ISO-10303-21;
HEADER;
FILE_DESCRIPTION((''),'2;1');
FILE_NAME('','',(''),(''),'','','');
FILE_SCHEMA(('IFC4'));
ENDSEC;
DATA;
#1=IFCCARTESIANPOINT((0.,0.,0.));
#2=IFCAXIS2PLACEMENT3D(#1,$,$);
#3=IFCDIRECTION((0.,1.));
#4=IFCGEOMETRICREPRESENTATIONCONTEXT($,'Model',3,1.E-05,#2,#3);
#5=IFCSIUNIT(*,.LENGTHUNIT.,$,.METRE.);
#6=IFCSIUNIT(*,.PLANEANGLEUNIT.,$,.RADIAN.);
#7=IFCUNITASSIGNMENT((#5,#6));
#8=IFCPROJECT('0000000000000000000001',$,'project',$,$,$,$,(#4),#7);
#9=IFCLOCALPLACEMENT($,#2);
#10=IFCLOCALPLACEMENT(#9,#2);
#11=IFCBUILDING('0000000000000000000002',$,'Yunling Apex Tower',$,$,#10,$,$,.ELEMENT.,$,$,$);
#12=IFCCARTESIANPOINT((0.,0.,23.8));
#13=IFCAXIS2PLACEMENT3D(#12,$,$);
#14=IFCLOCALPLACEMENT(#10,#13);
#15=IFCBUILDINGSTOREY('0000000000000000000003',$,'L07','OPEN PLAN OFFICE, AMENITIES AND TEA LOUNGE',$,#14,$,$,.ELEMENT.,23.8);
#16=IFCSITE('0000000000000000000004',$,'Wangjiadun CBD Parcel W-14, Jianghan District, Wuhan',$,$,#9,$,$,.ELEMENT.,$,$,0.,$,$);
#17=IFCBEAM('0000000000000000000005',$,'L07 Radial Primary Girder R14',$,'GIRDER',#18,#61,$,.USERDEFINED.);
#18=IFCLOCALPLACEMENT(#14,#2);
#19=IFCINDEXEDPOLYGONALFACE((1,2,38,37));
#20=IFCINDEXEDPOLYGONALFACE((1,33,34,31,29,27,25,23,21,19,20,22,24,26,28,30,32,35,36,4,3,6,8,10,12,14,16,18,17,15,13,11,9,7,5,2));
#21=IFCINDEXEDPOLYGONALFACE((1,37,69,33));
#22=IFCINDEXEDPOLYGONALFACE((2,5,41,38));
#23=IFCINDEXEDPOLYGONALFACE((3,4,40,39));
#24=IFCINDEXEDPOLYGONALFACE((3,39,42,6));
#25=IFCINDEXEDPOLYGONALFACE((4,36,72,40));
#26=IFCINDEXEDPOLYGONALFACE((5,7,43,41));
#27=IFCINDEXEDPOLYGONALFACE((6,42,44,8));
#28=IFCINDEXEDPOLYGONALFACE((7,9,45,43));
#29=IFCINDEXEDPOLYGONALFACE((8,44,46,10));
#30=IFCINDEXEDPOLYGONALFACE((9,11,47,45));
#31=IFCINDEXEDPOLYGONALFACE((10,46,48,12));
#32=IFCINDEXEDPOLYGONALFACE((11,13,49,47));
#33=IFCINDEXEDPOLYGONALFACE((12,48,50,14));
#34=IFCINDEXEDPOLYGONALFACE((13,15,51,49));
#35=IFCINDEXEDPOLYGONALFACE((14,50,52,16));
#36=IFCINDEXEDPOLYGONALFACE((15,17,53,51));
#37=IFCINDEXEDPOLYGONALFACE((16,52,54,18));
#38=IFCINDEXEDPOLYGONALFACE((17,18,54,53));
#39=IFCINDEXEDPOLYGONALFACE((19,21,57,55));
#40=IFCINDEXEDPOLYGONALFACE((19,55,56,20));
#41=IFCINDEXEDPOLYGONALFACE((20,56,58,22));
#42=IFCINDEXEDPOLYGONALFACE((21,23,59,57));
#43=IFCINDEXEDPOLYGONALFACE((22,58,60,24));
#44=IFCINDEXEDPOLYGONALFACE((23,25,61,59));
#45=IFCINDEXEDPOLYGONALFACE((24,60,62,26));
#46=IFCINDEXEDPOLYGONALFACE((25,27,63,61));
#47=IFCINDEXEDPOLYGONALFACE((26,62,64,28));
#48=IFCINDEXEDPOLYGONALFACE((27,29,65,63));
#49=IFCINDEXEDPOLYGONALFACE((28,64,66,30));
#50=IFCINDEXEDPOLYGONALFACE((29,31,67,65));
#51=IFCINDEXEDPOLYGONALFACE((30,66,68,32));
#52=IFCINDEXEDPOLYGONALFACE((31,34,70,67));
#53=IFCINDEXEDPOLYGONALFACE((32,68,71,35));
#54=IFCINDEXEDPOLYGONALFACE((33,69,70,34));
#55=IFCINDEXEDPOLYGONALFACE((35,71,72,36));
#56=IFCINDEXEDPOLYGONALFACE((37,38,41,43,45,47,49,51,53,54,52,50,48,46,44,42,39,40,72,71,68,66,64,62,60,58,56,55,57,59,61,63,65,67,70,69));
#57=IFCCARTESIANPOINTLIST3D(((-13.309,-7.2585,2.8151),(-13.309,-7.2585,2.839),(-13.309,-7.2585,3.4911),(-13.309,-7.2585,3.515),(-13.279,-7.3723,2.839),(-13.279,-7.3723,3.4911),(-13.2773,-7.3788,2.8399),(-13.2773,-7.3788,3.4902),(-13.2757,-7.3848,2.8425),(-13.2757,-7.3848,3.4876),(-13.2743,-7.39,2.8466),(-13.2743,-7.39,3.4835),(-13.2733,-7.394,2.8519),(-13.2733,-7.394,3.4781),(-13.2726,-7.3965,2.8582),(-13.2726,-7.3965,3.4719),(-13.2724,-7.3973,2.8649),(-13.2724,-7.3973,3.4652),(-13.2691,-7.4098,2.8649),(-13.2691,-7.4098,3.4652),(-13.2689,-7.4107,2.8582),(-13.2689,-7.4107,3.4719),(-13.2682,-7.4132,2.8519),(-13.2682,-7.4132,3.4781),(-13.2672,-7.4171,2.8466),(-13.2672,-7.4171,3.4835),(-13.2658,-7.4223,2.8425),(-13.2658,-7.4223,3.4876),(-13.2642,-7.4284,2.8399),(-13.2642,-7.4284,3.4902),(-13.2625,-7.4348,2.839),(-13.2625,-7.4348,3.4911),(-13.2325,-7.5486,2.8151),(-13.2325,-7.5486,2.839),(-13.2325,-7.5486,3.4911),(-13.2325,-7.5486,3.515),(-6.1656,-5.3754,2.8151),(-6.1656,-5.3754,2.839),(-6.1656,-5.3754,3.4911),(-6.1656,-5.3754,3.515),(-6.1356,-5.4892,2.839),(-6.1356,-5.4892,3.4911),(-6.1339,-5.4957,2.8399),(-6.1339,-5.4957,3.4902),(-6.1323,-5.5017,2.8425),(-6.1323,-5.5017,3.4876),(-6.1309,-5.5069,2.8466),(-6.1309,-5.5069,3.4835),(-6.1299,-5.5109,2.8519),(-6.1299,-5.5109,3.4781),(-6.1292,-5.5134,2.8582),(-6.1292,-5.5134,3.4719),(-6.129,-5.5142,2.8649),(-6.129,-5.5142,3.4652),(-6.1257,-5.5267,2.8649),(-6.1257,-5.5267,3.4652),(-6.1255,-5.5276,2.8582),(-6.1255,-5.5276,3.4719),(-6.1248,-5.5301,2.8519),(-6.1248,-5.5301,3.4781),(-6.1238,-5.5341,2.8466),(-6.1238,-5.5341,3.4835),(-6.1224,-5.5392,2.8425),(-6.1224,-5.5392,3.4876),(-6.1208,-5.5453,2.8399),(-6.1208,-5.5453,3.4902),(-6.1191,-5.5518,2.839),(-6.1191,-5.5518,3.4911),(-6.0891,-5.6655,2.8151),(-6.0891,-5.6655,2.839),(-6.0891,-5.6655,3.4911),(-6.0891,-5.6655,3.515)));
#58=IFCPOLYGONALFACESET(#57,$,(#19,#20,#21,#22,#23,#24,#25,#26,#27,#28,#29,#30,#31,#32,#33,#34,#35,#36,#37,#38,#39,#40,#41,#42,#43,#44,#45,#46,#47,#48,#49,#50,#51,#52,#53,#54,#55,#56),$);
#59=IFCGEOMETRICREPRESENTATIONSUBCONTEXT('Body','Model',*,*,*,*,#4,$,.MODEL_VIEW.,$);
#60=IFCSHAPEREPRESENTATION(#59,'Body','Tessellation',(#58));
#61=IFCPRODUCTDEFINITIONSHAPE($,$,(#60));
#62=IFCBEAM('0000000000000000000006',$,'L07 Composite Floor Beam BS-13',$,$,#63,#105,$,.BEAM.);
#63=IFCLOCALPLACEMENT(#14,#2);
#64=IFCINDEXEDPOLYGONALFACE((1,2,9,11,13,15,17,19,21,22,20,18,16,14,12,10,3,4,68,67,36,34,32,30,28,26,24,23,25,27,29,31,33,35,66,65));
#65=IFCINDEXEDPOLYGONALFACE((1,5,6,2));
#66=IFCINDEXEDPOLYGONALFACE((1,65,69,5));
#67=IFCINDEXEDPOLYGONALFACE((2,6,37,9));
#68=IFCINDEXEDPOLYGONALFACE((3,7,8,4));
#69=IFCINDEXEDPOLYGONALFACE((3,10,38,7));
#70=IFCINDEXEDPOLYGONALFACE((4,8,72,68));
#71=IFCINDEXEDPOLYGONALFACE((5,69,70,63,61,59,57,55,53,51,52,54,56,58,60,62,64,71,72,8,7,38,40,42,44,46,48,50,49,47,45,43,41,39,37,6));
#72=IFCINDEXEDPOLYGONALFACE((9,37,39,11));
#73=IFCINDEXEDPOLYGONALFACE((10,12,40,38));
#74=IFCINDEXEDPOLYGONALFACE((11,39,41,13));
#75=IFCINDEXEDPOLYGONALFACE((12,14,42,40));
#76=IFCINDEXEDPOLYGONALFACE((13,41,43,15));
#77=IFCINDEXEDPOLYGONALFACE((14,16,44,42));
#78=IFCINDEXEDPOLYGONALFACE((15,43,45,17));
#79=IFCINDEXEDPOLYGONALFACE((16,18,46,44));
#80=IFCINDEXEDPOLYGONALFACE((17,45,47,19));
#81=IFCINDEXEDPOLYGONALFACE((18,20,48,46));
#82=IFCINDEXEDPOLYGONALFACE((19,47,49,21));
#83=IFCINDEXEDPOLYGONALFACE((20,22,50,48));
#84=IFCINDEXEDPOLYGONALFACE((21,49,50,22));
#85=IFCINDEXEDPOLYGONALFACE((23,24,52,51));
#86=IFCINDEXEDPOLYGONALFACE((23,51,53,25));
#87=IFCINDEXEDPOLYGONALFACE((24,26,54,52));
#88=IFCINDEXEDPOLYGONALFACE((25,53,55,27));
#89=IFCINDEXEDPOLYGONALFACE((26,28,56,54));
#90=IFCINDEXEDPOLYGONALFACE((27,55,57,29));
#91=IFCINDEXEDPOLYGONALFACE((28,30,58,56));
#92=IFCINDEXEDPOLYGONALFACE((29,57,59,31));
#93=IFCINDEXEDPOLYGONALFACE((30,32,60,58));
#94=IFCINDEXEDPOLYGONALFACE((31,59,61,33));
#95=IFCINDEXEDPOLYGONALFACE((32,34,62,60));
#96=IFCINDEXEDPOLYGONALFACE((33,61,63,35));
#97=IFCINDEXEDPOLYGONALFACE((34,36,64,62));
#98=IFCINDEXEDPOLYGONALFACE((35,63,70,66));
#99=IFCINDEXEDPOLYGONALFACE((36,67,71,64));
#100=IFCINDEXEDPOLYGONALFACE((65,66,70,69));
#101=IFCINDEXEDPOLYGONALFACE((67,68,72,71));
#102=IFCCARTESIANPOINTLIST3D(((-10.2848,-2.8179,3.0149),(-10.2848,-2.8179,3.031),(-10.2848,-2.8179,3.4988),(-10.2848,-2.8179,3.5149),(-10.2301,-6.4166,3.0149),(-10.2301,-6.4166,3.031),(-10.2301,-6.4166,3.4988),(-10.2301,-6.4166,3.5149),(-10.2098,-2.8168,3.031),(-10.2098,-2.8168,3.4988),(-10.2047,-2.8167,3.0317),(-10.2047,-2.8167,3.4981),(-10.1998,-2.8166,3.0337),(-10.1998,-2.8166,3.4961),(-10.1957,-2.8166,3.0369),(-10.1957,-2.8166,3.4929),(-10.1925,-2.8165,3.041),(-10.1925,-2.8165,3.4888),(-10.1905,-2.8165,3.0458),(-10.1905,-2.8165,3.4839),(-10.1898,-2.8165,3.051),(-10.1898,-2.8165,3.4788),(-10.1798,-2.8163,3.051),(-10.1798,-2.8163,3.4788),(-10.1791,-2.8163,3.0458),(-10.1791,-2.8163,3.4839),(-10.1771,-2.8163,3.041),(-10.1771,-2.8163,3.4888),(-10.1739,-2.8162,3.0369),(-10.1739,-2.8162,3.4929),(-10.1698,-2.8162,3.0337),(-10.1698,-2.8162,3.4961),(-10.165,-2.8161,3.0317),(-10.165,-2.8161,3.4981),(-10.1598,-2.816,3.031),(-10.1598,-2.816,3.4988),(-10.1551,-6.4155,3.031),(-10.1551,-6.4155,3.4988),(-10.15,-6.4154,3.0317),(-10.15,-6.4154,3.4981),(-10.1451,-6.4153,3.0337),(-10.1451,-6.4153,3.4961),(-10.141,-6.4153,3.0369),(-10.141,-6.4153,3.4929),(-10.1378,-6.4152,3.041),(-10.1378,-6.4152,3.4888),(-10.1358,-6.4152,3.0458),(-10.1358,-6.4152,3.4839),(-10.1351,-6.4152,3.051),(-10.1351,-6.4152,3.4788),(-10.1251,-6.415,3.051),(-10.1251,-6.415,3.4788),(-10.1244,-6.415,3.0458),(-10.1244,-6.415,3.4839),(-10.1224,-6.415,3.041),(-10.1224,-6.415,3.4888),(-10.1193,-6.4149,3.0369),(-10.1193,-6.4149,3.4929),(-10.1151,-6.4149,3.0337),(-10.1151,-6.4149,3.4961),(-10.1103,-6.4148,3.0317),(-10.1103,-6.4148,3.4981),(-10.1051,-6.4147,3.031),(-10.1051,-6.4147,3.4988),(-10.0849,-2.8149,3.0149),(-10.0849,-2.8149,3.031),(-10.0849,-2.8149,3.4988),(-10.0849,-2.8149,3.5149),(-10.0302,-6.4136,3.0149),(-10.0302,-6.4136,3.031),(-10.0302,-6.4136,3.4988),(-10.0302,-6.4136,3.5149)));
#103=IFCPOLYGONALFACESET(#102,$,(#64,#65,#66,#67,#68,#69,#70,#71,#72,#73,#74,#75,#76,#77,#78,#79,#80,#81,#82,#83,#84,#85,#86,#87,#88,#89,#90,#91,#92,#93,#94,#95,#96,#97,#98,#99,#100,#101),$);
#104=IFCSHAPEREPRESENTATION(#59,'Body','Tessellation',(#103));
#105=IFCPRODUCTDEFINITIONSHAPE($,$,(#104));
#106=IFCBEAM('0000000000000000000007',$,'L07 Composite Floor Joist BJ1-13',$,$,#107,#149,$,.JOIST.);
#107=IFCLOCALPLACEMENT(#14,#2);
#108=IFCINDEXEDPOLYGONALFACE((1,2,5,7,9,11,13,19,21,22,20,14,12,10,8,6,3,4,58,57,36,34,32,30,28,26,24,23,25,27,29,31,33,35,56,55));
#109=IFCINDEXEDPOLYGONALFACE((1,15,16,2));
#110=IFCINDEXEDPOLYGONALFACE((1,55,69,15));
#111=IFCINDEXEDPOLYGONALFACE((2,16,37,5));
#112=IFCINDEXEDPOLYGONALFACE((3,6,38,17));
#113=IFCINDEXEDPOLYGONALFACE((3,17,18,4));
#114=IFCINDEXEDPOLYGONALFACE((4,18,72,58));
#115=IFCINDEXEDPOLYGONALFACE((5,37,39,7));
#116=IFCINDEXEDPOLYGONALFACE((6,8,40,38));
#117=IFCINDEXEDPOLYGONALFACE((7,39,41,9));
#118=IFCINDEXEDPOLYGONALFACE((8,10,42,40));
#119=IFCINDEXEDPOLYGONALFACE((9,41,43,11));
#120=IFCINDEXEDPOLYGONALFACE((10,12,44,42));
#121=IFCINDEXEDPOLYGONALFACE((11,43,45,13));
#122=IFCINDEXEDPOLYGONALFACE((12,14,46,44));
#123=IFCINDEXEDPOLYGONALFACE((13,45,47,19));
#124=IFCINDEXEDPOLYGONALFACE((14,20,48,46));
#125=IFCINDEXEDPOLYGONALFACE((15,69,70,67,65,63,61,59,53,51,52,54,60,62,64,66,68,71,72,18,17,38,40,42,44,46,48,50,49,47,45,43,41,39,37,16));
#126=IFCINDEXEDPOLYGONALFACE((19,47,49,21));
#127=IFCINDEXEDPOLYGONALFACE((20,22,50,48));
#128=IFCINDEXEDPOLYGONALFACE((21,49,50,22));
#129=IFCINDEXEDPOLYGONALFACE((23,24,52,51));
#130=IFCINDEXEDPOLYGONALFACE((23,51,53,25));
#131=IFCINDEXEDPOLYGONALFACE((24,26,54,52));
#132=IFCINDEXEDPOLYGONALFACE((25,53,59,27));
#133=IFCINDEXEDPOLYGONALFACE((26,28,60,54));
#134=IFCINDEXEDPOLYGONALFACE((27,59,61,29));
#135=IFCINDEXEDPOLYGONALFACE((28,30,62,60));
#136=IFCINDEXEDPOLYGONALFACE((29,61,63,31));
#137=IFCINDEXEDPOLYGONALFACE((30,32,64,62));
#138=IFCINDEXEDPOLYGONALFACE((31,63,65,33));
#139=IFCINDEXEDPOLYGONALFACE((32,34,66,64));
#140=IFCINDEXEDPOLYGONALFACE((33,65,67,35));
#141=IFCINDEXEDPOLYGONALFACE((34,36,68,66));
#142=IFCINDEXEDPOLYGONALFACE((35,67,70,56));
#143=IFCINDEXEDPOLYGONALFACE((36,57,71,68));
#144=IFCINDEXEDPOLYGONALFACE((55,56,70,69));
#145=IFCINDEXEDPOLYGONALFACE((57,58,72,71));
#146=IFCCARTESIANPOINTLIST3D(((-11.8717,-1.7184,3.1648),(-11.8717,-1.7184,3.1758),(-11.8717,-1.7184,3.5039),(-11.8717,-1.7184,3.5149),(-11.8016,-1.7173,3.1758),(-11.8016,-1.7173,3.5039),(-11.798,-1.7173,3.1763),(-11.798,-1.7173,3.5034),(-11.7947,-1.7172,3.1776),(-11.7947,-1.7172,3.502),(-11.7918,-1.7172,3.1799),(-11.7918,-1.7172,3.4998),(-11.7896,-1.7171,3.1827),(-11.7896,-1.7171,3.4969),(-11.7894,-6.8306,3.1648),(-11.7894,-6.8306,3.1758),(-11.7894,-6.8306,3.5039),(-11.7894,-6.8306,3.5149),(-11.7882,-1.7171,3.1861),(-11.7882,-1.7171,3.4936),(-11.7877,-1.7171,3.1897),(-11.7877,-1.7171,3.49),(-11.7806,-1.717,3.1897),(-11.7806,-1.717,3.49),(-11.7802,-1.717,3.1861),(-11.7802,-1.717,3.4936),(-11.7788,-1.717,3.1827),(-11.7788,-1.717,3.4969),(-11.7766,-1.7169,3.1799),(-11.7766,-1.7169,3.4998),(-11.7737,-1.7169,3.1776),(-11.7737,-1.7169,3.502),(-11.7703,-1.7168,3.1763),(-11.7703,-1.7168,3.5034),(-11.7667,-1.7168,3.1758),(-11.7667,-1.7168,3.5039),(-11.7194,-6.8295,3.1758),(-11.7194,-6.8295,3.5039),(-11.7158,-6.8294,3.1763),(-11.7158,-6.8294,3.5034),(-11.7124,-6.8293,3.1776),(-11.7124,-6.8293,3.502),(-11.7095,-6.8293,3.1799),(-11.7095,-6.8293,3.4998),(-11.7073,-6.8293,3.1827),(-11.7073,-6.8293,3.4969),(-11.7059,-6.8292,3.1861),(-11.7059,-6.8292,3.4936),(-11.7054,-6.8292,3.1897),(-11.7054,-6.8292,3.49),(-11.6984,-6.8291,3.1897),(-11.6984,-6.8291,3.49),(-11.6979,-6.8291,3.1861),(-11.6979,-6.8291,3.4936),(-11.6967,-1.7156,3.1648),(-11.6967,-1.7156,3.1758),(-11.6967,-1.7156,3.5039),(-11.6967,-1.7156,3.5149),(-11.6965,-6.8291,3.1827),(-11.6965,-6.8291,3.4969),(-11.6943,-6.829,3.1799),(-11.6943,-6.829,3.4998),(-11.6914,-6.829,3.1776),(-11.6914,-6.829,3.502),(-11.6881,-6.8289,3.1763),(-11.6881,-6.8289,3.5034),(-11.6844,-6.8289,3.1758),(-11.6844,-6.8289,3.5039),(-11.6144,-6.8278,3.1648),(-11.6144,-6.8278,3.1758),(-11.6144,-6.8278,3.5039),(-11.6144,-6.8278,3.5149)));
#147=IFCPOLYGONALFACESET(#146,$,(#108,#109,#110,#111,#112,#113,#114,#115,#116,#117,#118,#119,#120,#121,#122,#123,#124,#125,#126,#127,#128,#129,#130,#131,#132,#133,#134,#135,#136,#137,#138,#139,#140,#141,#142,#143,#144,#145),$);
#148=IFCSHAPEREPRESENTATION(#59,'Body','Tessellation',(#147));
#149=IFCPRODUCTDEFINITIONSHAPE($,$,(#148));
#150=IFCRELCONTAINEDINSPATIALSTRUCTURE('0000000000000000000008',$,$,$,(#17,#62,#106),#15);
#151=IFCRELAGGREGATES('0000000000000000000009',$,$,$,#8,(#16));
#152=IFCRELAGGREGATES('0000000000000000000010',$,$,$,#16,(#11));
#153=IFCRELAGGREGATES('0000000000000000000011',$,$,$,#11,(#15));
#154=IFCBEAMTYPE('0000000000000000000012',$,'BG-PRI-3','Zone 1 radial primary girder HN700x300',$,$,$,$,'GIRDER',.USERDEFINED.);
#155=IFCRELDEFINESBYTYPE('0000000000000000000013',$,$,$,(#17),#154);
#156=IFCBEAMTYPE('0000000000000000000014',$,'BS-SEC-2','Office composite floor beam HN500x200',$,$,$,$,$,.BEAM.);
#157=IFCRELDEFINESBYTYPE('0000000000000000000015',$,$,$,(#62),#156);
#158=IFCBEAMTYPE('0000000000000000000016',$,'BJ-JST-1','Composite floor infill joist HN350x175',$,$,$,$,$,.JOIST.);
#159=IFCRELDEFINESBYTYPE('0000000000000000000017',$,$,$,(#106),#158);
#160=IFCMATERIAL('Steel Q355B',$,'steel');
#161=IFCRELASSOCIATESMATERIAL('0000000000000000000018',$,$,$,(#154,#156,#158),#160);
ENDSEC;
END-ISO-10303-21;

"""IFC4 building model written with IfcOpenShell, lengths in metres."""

from ifc_helpers import new_model, si_unit, direction, frame, origin, origin_2d, place, context, subcontext, project, spatial, i_section, extrude, source, transform, mapped, material, material_profile, profile_set, type_object, element, save


model = new_model("IFC4")

# Units and contexts
model_context = context("Model", 3, precision=1e-05, world=origin(), true_north=direction((0.0, 1.0)))
body_context = subcontext(model_context, "Body", "Model", "MODEL_VIEW")
ifc_project = project(units=[si_unit("LENGTHUNIT", "METRE"), si_unit("PLANEANGLEUNIT", "RADIAN")], contexts=[model_context])

# Site, building, storey
site_placement = place(None, origin())
site = spatial("IfcSite", under=ifc_project, at=site_placement, Name="Wangjiadun CBD Parcel W-14, Jianghan District, Wuhan", CompositionType="ELEMENT", RefElevation=0.0)
building_placement = place(site_placement, origin())
building = spatial("IfcBuilding", under=site, at=building_placement, Name="Yunling Apex Tower", CompositionType="ELEMENT")
storey_placement = place(building_placement, frame((0.0, 0.0, 23.8)))
storey = spatial("IfcBuildingStorey", under=building, at=storey_placement, Name="L07", Description="OPEN PLAN OFFICE, AMENITIES AND TEA LOUNGE", CompositionType="ELEMENT", Elevation=23.8)

# Beams
ifc_material_1 = material(Name="Steel Q355B", Category="steel")
ifc_material_profile_1 = material_profile(ifc_material_1, i_section(OverallWidth=0.3, OverallDepth=0.7, WebThickness=0.0129, FlangeThickness=0.0239, FilletRadius=0.0259, at=origin_2d()))
ifc_profile_set_1 = profile_set([ifc_material_profile_1], Name="Steel Q355B")
beam_type_1 = type_object("IfcBeamType", Name="BG-PRI-3", Description="Zone 1 radial primary girder HN700x300", ElementType="GIRDER", PredefinedType="USERDEFINED", material=ifc_profile_set_1)
shared_shape_1 = source(origin(), body_context, "Body", "SweptSolid", [
    extrude(i_section(OverallWidth=0.3, OverallDepth=0.7, WebThickness=0.0129, FlangeThickness=0.0239, FilletRadius=0.0259, at=origin_2d()), origin(), (0.0, 0.0, 1.0), 7.3875),
])
beam_1_placement = place(storey_placement, frame((-13.2708, -7.4036, 3.165), z_axis=(0.966967, 0.254903, 0.0), x_axis=(-0.254903, 0.966967, 0.0)))
element("IfcBeam", 1, at=beam_1_placement, inside=storey, type_object=beam_type_1, Name="L07 Radial Primary Girder R14", ObjectType="GIRDER", PredefinedType="USERDEFINED", context=body_context, shape_type="MappedRepresentation", body=[
    mapped(shared_shape_1, transform((0.0, 0.0, 0.0), scale=1.0)),
])
ifc_material_profile_2 = material_profile(ifc_material_1, i_section(OverallWidth=0.2, OverallDepth=0.5, WebThickness=0.01, FlangeThickness=0.0161, FilletRadius=0.02, at=origin_2d()))
ifc_profile_set_2 = profile_set([ifc_material_profile_2], Name="Steel Q355B")
beam_type_2 = type_object("IfcBeamType", Name="BS-SEC-2", Description="Office composite floor beam HN500x200", PredefinedType="BEAM", material=ifc_profile_set_2)
shared_shape_2 = source(origin(), body_context, "Body", "SweptSolid", [
    extrude(i_section(OverallWidth=0.2, OverallDepth=0.5, WebThickness=0.01, FlangeThickness=0.0161, FilletRadius=0.02, at=origin_2d()), origin(), (0.0, 0.0, 1.0), 3.5991),
])
beam_2_placement = place(storey_placement, frame((-10.1848, -2.8164, 3.2649), z_axis=(0.015195, -0.999885, 0.0), x_axis=(0.999885, 0.015195, 0.0)))
element("IfcBeam", 2, at=beam_2_placement, inside=storey, type_object=beam_type_2, Name="L07 Composite Floor Beam BS-13", PredefinedType="BEAM", context=body_context, shape_type="MappedRepresentation", body=[
    mapped(shared_shape_2, transform((0.0, 0.0, 0.0), scale=1.0)),
])
ifc_material_profile_3 = material_profile(ifc_material_1, i_section(OverallWidth=0.175, OverallDepth=0.3501, WebThickness=0.0071, FlangeThickness=0.011, FilletRadius=0.0139, at=origin_2d()))
ifc_profile_set_3 = profile_set([ifc_material_profile_3], Name="Steel Q355B")
beam_type_3 = type_object("IfcBeamType", Name="BJ-JST-1", Description="Composite floor infill joist HN350x175", PredefinedType="JOIST", material=ifc_profile_set_3)
shared_shape_3 = source(origin(), body_context, "Body", "SweptSolid", [
    extrude(i_section(OverallWidth=0.175, OverallDepth=0.3501, WebThickness=0.0071, FlangeThickness=0.011, FilletRadius=0.0139, at=origin_2d()), origin(), (0.0, 0.0, 1.0), 5.1128),
])
beam_3_placement = place(storey_placement, frame((-11.7842, -1.717, 3.3398), z_axis=(0.016092, -0.999871, 0.0), x_axis=(0.999871, 0.016092, 0.0)))
element("IfcBeam", 3, at=beam_3_placement, inside=storey, type_object=beam_type_3, Name="L07 Composite Floor Joist BJ1-13", PredefinedType="JOIST", context=body_context, shape_type="MappedRepresentation", body=[
    mapped(shared_shape_3, transform((0.0, 0.0, 0.0), scale=1.0)),
])

save(model, "model.ifc")
